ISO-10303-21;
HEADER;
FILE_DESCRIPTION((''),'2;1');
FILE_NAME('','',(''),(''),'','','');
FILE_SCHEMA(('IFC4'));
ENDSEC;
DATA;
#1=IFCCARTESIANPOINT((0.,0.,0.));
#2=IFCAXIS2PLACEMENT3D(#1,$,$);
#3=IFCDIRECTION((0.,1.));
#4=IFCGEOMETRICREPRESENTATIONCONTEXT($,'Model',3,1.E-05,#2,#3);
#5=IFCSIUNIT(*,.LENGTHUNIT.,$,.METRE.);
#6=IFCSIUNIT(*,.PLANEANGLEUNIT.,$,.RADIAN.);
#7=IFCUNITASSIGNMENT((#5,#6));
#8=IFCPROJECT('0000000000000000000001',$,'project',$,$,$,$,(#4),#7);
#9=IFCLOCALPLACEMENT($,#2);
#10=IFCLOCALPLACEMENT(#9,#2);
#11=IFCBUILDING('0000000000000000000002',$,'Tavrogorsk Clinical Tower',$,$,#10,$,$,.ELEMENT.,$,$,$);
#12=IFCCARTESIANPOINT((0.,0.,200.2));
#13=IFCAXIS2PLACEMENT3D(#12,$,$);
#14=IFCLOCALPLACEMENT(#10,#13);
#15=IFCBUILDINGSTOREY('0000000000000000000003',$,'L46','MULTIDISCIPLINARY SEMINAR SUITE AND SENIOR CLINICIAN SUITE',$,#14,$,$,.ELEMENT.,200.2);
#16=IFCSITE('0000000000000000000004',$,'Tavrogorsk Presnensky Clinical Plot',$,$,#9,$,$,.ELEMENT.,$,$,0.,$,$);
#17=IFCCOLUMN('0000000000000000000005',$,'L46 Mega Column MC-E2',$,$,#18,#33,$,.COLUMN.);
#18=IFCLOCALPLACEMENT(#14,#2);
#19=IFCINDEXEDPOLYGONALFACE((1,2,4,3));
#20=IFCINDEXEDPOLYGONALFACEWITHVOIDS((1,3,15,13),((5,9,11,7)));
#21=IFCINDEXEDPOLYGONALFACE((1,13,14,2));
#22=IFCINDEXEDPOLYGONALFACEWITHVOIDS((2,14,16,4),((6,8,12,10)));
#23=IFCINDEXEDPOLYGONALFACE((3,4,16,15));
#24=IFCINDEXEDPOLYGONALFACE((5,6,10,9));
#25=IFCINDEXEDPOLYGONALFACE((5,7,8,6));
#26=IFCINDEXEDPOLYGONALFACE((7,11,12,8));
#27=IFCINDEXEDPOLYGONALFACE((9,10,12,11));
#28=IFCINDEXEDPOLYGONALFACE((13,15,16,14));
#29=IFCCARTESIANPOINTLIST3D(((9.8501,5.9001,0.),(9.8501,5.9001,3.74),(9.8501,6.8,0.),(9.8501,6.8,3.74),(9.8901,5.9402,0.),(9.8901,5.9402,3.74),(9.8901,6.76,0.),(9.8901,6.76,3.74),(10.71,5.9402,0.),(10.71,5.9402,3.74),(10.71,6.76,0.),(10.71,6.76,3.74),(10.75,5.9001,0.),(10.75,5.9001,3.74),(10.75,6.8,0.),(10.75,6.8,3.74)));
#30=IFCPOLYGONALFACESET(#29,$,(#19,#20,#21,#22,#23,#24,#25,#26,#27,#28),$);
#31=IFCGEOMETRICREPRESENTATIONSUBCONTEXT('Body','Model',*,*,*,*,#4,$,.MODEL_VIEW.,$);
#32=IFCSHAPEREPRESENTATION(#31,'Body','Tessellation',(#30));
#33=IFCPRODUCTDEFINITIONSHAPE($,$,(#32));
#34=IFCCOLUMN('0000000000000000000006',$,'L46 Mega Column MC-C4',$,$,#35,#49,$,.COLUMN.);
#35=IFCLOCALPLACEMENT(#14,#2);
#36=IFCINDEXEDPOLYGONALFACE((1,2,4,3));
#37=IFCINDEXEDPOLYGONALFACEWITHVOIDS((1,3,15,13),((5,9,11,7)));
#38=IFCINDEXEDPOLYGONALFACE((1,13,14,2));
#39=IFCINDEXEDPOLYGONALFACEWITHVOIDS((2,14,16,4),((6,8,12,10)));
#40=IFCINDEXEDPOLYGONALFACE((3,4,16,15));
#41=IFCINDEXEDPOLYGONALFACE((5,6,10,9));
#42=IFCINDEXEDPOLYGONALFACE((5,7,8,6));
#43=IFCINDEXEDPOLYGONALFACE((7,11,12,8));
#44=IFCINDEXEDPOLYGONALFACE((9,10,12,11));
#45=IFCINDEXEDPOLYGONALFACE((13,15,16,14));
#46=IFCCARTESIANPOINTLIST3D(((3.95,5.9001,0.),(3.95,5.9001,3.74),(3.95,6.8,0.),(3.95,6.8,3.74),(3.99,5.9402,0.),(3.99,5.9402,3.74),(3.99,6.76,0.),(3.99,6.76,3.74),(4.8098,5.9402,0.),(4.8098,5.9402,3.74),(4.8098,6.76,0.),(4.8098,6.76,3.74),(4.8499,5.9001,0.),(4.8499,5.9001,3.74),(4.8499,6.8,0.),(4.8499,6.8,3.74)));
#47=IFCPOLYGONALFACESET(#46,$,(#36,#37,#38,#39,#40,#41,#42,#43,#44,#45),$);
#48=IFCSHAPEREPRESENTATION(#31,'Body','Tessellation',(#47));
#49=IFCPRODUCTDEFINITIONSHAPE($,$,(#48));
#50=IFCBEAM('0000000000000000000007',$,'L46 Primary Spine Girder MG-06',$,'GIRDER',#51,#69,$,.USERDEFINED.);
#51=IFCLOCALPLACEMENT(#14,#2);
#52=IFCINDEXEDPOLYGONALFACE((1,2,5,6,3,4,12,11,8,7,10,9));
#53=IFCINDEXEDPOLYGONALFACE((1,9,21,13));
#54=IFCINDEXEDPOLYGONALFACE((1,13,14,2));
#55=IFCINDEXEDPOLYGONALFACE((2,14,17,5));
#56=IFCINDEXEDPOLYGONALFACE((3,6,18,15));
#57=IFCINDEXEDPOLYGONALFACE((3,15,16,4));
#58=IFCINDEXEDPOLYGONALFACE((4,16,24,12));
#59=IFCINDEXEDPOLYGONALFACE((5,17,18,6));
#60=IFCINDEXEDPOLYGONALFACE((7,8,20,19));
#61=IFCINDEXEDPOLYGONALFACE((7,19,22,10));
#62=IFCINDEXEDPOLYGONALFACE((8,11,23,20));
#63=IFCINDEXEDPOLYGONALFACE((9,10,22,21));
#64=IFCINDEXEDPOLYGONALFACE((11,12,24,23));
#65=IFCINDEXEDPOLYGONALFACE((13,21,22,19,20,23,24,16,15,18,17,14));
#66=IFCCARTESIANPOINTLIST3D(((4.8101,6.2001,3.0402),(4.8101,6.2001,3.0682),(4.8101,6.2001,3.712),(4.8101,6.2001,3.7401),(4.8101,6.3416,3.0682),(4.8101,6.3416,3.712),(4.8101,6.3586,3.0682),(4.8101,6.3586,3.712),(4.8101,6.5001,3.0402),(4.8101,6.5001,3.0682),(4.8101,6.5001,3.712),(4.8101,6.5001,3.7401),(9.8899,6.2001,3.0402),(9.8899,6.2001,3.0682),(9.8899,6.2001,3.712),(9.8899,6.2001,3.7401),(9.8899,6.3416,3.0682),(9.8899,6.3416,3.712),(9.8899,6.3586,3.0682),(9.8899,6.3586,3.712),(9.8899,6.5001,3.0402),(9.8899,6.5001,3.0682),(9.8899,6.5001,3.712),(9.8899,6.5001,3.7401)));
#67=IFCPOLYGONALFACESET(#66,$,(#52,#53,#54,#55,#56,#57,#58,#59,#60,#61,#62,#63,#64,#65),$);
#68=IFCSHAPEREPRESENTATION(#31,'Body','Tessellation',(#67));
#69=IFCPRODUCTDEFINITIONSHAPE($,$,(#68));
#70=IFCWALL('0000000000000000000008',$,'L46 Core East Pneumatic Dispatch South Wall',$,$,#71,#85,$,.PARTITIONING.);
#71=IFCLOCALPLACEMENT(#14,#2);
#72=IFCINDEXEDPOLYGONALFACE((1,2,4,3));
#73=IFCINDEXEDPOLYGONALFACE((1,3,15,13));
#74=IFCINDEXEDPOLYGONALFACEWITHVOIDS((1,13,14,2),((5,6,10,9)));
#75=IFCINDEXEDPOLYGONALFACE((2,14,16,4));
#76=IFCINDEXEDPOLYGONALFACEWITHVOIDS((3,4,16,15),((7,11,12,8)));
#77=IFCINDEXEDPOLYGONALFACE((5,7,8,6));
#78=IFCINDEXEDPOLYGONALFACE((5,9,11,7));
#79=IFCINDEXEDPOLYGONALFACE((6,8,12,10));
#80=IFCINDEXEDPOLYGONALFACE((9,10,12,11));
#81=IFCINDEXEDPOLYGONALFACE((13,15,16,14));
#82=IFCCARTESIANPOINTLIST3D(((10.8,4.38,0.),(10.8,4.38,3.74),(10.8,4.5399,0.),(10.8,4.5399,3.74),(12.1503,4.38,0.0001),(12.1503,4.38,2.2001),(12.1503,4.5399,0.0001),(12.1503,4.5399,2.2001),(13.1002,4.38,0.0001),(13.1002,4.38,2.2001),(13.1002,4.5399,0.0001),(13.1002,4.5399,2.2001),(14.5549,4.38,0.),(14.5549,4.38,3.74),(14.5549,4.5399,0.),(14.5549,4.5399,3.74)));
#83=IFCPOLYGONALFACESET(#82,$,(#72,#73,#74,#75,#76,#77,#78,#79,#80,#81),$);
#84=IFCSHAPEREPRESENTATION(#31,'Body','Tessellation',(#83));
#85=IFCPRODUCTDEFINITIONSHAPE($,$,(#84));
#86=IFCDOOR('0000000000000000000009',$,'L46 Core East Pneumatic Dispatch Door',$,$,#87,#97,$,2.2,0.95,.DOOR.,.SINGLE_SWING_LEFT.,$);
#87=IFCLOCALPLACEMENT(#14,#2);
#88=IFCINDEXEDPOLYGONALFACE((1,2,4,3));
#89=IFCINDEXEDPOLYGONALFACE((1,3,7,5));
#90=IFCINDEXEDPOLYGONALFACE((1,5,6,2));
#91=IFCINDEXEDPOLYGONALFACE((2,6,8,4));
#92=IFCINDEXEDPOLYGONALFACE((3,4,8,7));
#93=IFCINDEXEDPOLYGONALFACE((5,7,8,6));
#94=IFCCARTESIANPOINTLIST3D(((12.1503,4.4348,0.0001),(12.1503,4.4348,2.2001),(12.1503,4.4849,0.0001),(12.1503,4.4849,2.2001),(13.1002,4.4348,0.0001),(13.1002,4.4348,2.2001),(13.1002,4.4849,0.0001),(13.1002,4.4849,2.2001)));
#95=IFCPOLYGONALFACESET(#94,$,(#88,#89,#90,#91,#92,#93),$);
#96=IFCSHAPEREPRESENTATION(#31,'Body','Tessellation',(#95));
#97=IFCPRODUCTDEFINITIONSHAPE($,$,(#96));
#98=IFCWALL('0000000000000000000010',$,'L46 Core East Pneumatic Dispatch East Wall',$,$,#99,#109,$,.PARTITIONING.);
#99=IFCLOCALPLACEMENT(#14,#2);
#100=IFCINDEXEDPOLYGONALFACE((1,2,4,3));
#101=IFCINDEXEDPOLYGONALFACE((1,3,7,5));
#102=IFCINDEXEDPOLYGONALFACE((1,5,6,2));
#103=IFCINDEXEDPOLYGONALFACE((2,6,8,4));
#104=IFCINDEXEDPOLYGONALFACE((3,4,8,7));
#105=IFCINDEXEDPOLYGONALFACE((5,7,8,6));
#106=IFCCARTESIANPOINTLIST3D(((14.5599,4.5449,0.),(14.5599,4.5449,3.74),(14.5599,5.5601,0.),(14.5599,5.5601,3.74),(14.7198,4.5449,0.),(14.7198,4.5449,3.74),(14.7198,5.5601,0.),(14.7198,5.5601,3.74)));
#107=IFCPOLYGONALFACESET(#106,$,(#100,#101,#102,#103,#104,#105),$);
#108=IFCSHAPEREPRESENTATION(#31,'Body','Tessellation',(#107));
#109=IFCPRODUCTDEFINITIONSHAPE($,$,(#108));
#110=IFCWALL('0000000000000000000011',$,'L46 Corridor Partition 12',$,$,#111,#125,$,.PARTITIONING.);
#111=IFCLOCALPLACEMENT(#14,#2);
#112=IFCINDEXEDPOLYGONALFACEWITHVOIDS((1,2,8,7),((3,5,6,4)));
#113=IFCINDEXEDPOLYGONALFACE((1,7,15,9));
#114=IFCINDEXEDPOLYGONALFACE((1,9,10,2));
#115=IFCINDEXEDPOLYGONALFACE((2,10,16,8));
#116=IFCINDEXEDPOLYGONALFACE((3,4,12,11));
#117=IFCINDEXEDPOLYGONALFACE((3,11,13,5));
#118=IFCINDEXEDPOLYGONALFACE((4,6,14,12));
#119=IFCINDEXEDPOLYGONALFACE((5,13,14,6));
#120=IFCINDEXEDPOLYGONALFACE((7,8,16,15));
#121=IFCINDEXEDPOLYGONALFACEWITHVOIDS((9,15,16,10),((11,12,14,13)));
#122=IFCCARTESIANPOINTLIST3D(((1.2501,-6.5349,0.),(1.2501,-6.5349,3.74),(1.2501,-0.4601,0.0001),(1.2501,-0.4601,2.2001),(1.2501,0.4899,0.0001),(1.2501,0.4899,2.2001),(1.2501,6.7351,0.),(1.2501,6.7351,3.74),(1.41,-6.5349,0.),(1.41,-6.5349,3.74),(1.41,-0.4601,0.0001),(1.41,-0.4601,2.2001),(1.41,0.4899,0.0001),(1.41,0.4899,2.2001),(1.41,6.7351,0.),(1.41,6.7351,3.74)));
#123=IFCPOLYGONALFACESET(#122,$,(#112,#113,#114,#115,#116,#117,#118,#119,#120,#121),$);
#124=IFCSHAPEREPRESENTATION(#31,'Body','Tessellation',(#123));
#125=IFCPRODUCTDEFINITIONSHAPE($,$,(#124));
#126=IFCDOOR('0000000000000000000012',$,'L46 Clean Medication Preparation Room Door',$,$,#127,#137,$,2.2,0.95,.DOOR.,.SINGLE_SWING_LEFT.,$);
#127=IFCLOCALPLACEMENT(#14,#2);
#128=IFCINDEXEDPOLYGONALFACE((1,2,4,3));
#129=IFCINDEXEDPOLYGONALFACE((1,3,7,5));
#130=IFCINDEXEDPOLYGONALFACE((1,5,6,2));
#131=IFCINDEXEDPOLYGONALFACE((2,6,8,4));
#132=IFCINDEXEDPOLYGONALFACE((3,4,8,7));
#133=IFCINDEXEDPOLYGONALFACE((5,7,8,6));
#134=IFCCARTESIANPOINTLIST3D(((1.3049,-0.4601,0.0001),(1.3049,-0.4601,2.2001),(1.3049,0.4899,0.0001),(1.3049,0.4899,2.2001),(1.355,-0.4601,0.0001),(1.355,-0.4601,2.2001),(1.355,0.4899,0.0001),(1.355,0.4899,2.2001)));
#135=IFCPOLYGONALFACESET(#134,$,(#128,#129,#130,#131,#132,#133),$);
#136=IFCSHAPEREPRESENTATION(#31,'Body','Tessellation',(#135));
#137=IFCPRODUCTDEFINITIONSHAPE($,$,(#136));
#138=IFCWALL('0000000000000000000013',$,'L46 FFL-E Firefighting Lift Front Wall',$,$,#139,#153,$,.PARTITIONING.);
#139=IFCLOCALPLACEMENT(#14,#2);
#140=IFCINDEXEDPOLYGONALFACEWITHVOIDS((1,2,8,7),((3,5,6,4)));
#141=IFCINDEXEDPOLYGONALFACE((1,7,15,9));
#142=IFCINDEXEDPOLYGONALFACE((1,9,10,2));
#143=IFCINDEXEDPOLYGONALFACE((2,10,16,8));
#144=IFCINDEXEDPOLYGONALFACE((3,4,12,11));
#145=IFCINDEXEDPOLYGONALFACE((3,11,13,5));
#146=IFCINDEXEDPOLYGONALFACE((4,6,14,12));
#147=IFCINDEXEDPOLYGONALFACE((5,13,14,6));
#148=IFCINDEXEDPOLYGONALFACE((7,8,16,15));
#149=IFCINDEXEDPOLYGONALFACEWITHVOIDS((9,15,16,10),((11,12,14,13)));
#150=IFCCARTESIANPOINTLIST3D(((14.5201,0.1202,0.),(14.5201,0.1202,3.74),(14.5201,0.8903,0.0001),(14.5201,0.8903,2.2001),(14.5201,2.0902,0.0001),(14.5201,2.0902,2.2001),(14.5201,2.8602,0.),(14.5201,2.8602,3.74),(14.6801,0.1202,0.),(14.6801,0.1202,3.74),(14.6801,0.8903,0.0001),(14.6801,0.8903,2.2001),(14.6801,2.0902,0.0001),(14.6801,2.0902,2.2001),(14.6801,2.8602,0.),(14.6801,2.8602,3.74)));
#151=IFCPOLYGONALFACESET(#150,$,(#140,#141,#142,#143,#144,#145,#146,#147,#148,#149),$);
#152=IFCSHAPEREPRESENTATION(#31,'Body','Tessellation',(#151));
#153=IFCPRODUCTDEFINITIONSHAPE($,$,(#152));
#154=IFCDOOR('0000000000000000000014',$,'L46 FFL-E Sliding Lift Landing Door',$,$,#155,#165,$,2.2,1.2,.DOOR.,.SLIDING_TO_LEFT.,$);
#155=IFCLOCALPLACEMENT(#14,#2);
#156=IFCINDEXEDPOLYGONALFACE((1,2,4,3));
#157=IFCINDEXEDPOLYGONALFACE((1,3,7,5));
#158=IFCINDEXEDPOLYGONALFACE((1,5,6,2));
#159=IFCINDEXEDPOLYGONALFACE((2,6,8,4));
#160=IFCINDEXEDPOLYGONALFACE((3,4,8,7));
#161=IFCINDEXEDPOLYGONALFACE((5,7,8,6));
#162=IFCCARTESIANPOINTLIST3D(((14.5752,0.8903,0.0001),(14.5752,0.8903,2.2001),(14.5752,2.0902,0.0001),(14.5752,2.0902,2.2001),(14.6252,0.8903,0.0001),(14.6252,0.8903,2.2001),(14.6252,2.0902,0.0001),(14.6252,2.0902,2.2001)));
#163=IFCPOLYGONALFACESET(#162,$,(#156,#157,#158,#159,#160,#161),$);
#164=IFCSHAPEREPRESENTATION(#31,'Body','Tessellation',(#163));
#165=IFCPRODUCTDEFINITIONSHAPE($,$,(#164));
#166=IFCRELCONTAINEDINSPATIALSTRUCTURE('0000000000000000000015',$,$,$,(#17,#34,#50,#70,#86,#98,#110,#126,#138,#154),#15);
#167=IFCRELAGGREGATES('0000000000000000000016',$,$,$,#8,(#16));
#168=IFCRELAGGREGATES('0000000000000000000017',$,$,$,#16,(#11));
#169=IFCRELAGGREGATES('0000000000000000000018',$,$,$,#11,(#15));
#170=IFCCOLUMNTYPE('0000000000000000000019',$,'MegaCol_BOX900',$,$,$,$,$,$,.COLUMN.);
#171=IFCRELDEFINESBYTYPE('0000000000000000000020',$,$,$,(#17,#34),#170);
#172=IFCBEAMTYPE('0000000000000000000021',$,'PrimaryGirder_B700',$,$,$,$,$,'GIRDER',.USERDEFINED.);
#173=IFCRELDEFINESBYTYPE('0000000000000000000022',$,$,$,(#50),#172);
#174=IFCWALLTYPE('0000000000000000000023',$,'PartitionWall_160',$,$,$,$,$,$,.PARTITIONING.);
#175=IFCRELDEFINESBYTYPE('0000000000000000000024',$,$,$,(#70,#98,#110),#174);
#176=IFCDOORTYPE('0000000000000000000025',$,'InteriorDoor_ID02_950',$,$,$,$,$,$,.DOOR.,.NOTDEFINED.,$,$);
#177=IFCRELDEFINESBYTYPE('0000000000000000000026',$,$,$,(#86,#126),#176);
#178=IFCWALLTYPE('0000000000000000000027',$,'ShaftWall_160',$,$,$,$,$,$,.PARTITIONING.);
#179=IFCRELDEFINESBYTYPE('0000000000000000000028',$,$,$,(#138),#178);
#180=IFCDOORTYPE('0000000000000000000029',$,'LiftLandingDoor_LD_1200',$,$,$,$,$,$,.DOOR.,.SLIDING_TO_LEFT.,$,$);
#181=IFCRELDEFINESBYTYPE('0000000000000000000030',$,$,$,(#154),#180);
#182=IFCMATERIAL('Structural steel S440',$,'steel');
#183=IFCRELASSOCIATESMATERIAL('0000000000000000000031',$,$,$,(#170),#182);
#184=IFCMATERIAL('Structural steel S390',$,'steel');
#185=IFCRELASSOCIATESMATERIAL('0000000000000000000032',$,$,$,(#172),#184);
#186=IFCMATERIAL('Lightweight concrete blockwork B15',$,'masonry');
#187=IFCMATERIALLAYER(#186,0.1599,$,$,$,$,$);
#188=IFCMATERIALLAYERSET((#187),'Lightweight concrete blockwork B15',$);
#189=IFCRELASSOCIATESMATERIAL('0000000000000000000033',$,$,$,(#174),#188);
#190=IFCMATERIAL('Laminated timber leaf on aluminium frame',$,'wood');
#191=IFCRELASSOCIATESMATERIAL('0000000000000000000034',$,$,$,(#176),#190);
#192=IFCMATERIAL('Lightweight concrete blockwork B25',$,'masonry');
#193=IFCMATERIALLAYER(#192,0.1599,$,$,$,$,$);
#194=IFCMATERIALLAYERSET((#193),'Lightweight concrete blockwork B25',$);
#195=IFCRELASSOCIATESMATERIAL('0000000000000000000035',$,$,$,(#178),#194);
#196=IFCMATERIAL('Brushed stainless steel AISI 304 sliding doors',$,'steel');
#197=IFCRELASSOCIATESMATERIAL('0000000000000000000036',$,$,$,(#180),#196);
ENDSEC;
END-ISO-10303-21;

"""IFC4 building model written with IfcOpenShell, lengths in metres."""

from ifc_helpers import new_model, si_unit, direction, frame, frame_2d, origin, origin_2d, place, context, subcontext, project, spatial, rectangle, hollow_rectangle, i_section, extrude, material, layer, layer_set, material_profile, profile_set, type_object, element, fill, save


model = new_model("IFC4")

# Units and contexts
model_context = context("Model", 3, precision=1e-05, world=origin(), true_north=direction((0.0, 1.0)))
body_context = subcontext(model_context, "Body", "Model", "MODEL_VIEW")
ifc_project = project(units=[si_unit("LENGTHUNIT", "METRE"), si_unit("PLANEANGLEUNIT", "RADIAN")], contexts=[model_context])

# Site, building, storey
site_placement = place(None, origin())
site = spatial("IfcSite", under=ifc_project, at=site_placement, Name="Tavrogorsk Presnensky Clinical Plot", CompositionType="ELEMENT", RefElevation=0.0)
building_placement = place(site_placement, origin())
building = spatial("IfcBuilding", under=site, at=building_placement, Name="Tavrogorsk Clinical Tower", CompositionType="ELEMENT")
storey_placement = place(building_placement, frame((0.0, 0.0, 200.2)))
storey = spatial("IfcBuildingStorey", under=building, at=storey_placement, Name="L46", Description="MULTIDISCIPLINARY SEMINAR SUITE AND SENIOR CLINICIAN SUITE", CompositionType="ELEMENT", Elevation=200.2)

# Columns
ifc_material_1 = material(Name="Structural steel S440", Category="steel")
ifc_material_profile_1 = material_profile(ifc_material_1, hollow_rectangle(XDim=0.8999, YDim=0.8999, WallThickness=0.04, at=origin_2d()), Name="BOX-900x900x40")
ifc_profile_set_1 = profile_set([ifc_material_profile_1], Name="Structural steel S440")
column_type = type_object("IfcColumnType", Name="MegaCol_BOX900", PredefinedType="COLUMN", material=ifc_profile_set_1)
for number, where, z_axis, x_axis, name in (
    (1, (10.3, 6.3501, 0.0), (0.0, 0.0, 1.0), (1.0, 0.0, 0.0), "L46 Mega Column MC-E2"),
    (2, (4.3999, 6.3501, 0.0), (0.0, 0.0, 1.0), (1.0, 0.0, 0.0), "L46 Mega Column MC-C4"),
):
    element("IfcColumn", number, at=place(storey_placement, frame(where, z_axis=z_axis, x_axis=x_axis)), inside=storey, type_object=column_type, Name=name, PredefinedType="COLUMN", context=body_context, shape_type="SweptSolid", body=[
        extrude(hollow_rectangle(XDim=0.8999, YDim=0.8999, WallThickness=0.04, at=origin_2d()), origin(), (0.0, 0.0, 1.0), 3.74),
    ])

# Beam
ifc_material_2 = material(Name="Structural steel S390", Category="steel")
ifc_material_profile_2 = material_profile(ifc_material_2, i_section(OverallWidth=0.3, OverallDepth=0.7, WebThickness=0.0171, FlangeThickness=0.0281, at=origin_2d()), Name="B-700x300x17x28")
ifc_profile_set_2 = profile_set([ifc_material_profile_2], Name="Structural steel S390")
beam_type = type_object("IfcBeamType", Name="PrimaryGirder_B700", ElementType="GIRDER", PredefinedType="USERDEFINED", material=ifc_profile_set_2)
beam_placement = place(storey_placement, frame((4.8101, 6.3501, 3.3901), z_axis=(1.0, 0.0, 0.0), x_axis=(0.0, 1.0, 0.0)))
element("IfcBeam", 3, at=beam_placement, inside=storey, type_object=beam_type, Name="L46 Primary Spine Girder MG-06", ObjectType="GIRDER", PredefinedType="USERDEFINED", context=body_context, shape_type="SweptSolid", body=[
    extrude(i_section(OverallWidth=0.3, OverallDepth=0.7, WebThickness=0.0171, FlangeThickness=0.0281, at=origin_2d()), origin(), (0.0, 0.0, 1.0), 5.0798),
])

# Wall, opening, door
ifc_material_3 = material(Name="Lightweight concrete blockwork B15", Category="masonry")
ifc_layer_1 = layer(ifc_material_3, 0.1599)
ifc_layer_set_1 = layer_set([ifc_layer_1], Name="Lightweight concrete blockwork B15")
wall_type_1 = type_object("IfcWallType", Name="PartitionWall_160", PredefinedType="PARTITIONING", material=ifc_layer_set_1)
wall_1_placement = place(storey_placement, frame((10.8, 4.46, 0.0), z_axis=(0.0, 0.0, 1.0), x_axis=(1.0, 0.0, 0.0)))
wall_1 = element("IfcWall", 4, at=wall_1_placement, inside=storey, type_object=wall_type_1, Name="L46 Core East Pneumatic Dispatch South Wall", PredefinedType="PARTITIONING", context=body_context, shape_type="SweptSolid", body=[
    extrude(rectangle(XDim=3.7549, YDim=0.1599, at=frame_2d((1.8774, 0.0))), origin(), (0.0, 0.0, 1.0), 3.74),
])
opening_1_placement = place(wall_1_placement, frame((1.3501, 0.0, 0.0)))
opening_1 = element("IfcOpeningElement", 5, at=opening_1_placement, cuts=wall_1, PredefinedType="OPENING", context=body_context, shape_type="SweptSolid", body=[
    extrude(rectangle(XDim=0.95, YDim=2.2, at=frame_2d((0.4751, 1.1001))), frame((0.0, 0.0898, 0.0), z_axis=(0.0, -1.0, 0.0), x_axis=(1.0, 0.0, 0.0)), (0.0, 0.0, 1.0), 0.1799),
])
ifc_material_4 = material(Name="Laminated timber leaf on aluminium frame", Category="wood")
door_type_1 = type_object("IfcDoorType", Name="InteriorDoor_ID02_950", OperationType="NOTDEFINED", PredefinedType="DOOR", material=ifc_material_4)
door_1_placement = place(opening_1_placement, origin())
door_1 = element("IfcDoor", 6, at=door_1_placement, inside=storey, type_object=door_type_1, Name="L46 Core East Pneumatic Dispatch Door", OperationType="SINGLE_SWING_LEFT", OverallHeight=2.2, OverallWidth=0.95, PredefinedType="DOOR", context=body_context, shape_type="SweptSolid", body=[
    extrude(rectangle(XDim=0.95, YDim=2.2, at=frame_2d((0.4751, 1.1001))), frame((0.0, 0.0249, 0.0), z_axis=(0.0, -1.0, 0.0), x_axis=(1.0, 0.0, 0.0)), (0.0, 0.0, 1.0), 0.05),
])
fill(opening_1, door_1)

# Wall
wall_2_placement = place(storey_placement, frame((14.6399, 4.5449, 0.0), z_axis=(0.0, 0.0, 1.0), x_axis=(0.0, 1.0, 0.0)))
element("IfcWall", 7, at=wall_2_placement, inside=storey, type_object=wall_type_1, Name="L46 Core East Pneumatic Dispatch East Wall", PredefinedType="PARTITIONING", context=body_context, shape_type="SweptSolid", body=[
    extrude(rectangle(XDim=1.0151, YDim=0.1599, at=frame_2d((0.5076, 0.0))), origin(), (0.0, 0.0, 1.0), 3.74),
])

# Walls, openings, doors
wall_3_placement = place(storey_placement, frame((1.3301, 6.7351, 0.0), z_axis=(0.0, 0.0, 1.0), x_axis=(0.0, -1.0, 0.0)))
wall_3 = element("IfcWall", 8, at=wall_3_placement, inside=storey, type_object=wall_type_1, Name="L46 Corridor Partition 12", PredefinedType="PARTITIONING", context=body_context, shape_type="SweptSolid", body=[
    extrude(rectangle(XDim=13.27, YDim=0.1599, at=frame_2d((6.635, 0.0))), origin(), (0.0, 0.0, 1.0), 3.74),
])
opening_2_placement = place(wall_3_placement, frame((6.2451, 0.0, 0.0)))
opening_2 = element("IfcOpeningElement", 9, at=opening_2_placement, cuts=wall_3, PredefinedType="OPENING", context=body_context, shape_type="SweptSolid", body=[
    extrude(rectangle(XDim=0.95, YDim=2.2, at=frame_2d((0.4751, 1.1001))), frame((0.0, 0.0898, 0.0), z_axis=(0.0, -1.0, 0.0), x_axis=(1.0, 0.0, 0.0)), (0.0, 0.0, 1.0), 0.1799),
])
door_2_placement = place(opening_2_placement, origin())
door_2 = element("IfcDoor", 10, at=door_2_placement, inside=storey, type_object=door_type_1, Name="L46 Clean Medication Preparation Room Door", OperationType="SINGLE_SWING_LEFT", OverallHeight=2.2, OverallWidth=0.95, PredefinedType="DOOR", context=body_context, shape_type="SweptSolid", body=[
    extrude(rectangle(XDim=0.95, YDim=2.2, at=frame_2d((0.4751, 1.1001))), frame((0.0, 0.0249, 0.0), z_axis=(0.0, -1.0, 0.0), x_axis=(1.0, 0.0, 0.0)), (0.0, 0.0, 1.0), 0.05),
])
fill(opening_2, door_2)
ifc_material_5 = material(Name="Lightweight concrete blockwork B25", Category="masonry")
ifc_layer_2 = layer(ifc_material_5, 0.1599)
ifc_layer_set_2 = layer_set([ifc_layer_2], Name="Lightweight concrete blockwork B25")
wall_type_2 = type_object("IfcWallType", Name="ShaftWall_160", PredefinedType="PARTITIONING", material=ifc_layer_set_2)
wall_4_placement = place(storey_placement, frame((14.6001, 0.1201, 0.0), z_axis=(0.0, 0.0, 1.0), x_axis=(0.0, 1.0, 0.0)))
wall_4 = element("IfcWall", 11, at=wall_4_placement, inside=storey, type_object=wall_type_2, Name="L46 FFL-E Firefighting Lift Front Wall", PredefinedType="PARTITIONING", context=body_context, shape_type="SweptSolid", body=[
    extrude(rectangle(XDim=2.74, YDim=0.1599, at=frame_2d((1.3701, 0.0))), origin(), (0.0, 0.0, 1.0), 3.74),
])
opening_3_placement = place(wall_4_placement, frame((0.77, 0.0, 0.0)))
opening_3 = element("IfcOpeningElement", 12, at=opening_3_placement, cuts=wall_4, PredefinedType="OPENING", context=body_context, shape_type="SweptSolid", body=[
    extrude(rectangle(XDim=1.2, YDim=2.2, at=frame_2d((0.6001, 1.1001))), frame((0.0, 0.0898, 0.0), z_axis=(0.0, -1.0, 0.0), x_axis=(1.0, 0.0, 0.0)), (0.0, 0.0, 1.0), 0.1799),
])
ifc_material_6 = material(Name="Brushed stainless steel AISI 304 sliding doors", Category="steel")
door_type_2 = type_object("IfcDoorType", Name="LiftLandingDoor_LD_1200", OperationType="SLIDING_TO_LEFT", PredefinedType="DOOR", material=ifc_material_6)
door_3_placement = place(opening_3_placement, origin())
door_3 = element("IfcDoor", 13, at=door_3_placement, inside=storey, type_object=door_type_2, Name="L46 FFL-E Sliding Lift Landing Door", OperationType="SLIDING_TO_LEFT", OverallHeight=2.2, OverallWidth=1.2, PredefinedType="DOOR", context=body_context, shape_type="SweptSolid", body=[
    extrude(rectangle(XDim=1.2, YDim=2.2, at=frame_2d((0.6001, 1.1001))), frame((0.0, 0.0249, 0.0), z_axis=(0.0, -1.0, 0.0), x_axis=(1.0, 0.0, 0.0)), (0.0, 0.0, 1.0), 0.05),
])
fill(opening_3, door_3)

save(model, "model.ifc")
